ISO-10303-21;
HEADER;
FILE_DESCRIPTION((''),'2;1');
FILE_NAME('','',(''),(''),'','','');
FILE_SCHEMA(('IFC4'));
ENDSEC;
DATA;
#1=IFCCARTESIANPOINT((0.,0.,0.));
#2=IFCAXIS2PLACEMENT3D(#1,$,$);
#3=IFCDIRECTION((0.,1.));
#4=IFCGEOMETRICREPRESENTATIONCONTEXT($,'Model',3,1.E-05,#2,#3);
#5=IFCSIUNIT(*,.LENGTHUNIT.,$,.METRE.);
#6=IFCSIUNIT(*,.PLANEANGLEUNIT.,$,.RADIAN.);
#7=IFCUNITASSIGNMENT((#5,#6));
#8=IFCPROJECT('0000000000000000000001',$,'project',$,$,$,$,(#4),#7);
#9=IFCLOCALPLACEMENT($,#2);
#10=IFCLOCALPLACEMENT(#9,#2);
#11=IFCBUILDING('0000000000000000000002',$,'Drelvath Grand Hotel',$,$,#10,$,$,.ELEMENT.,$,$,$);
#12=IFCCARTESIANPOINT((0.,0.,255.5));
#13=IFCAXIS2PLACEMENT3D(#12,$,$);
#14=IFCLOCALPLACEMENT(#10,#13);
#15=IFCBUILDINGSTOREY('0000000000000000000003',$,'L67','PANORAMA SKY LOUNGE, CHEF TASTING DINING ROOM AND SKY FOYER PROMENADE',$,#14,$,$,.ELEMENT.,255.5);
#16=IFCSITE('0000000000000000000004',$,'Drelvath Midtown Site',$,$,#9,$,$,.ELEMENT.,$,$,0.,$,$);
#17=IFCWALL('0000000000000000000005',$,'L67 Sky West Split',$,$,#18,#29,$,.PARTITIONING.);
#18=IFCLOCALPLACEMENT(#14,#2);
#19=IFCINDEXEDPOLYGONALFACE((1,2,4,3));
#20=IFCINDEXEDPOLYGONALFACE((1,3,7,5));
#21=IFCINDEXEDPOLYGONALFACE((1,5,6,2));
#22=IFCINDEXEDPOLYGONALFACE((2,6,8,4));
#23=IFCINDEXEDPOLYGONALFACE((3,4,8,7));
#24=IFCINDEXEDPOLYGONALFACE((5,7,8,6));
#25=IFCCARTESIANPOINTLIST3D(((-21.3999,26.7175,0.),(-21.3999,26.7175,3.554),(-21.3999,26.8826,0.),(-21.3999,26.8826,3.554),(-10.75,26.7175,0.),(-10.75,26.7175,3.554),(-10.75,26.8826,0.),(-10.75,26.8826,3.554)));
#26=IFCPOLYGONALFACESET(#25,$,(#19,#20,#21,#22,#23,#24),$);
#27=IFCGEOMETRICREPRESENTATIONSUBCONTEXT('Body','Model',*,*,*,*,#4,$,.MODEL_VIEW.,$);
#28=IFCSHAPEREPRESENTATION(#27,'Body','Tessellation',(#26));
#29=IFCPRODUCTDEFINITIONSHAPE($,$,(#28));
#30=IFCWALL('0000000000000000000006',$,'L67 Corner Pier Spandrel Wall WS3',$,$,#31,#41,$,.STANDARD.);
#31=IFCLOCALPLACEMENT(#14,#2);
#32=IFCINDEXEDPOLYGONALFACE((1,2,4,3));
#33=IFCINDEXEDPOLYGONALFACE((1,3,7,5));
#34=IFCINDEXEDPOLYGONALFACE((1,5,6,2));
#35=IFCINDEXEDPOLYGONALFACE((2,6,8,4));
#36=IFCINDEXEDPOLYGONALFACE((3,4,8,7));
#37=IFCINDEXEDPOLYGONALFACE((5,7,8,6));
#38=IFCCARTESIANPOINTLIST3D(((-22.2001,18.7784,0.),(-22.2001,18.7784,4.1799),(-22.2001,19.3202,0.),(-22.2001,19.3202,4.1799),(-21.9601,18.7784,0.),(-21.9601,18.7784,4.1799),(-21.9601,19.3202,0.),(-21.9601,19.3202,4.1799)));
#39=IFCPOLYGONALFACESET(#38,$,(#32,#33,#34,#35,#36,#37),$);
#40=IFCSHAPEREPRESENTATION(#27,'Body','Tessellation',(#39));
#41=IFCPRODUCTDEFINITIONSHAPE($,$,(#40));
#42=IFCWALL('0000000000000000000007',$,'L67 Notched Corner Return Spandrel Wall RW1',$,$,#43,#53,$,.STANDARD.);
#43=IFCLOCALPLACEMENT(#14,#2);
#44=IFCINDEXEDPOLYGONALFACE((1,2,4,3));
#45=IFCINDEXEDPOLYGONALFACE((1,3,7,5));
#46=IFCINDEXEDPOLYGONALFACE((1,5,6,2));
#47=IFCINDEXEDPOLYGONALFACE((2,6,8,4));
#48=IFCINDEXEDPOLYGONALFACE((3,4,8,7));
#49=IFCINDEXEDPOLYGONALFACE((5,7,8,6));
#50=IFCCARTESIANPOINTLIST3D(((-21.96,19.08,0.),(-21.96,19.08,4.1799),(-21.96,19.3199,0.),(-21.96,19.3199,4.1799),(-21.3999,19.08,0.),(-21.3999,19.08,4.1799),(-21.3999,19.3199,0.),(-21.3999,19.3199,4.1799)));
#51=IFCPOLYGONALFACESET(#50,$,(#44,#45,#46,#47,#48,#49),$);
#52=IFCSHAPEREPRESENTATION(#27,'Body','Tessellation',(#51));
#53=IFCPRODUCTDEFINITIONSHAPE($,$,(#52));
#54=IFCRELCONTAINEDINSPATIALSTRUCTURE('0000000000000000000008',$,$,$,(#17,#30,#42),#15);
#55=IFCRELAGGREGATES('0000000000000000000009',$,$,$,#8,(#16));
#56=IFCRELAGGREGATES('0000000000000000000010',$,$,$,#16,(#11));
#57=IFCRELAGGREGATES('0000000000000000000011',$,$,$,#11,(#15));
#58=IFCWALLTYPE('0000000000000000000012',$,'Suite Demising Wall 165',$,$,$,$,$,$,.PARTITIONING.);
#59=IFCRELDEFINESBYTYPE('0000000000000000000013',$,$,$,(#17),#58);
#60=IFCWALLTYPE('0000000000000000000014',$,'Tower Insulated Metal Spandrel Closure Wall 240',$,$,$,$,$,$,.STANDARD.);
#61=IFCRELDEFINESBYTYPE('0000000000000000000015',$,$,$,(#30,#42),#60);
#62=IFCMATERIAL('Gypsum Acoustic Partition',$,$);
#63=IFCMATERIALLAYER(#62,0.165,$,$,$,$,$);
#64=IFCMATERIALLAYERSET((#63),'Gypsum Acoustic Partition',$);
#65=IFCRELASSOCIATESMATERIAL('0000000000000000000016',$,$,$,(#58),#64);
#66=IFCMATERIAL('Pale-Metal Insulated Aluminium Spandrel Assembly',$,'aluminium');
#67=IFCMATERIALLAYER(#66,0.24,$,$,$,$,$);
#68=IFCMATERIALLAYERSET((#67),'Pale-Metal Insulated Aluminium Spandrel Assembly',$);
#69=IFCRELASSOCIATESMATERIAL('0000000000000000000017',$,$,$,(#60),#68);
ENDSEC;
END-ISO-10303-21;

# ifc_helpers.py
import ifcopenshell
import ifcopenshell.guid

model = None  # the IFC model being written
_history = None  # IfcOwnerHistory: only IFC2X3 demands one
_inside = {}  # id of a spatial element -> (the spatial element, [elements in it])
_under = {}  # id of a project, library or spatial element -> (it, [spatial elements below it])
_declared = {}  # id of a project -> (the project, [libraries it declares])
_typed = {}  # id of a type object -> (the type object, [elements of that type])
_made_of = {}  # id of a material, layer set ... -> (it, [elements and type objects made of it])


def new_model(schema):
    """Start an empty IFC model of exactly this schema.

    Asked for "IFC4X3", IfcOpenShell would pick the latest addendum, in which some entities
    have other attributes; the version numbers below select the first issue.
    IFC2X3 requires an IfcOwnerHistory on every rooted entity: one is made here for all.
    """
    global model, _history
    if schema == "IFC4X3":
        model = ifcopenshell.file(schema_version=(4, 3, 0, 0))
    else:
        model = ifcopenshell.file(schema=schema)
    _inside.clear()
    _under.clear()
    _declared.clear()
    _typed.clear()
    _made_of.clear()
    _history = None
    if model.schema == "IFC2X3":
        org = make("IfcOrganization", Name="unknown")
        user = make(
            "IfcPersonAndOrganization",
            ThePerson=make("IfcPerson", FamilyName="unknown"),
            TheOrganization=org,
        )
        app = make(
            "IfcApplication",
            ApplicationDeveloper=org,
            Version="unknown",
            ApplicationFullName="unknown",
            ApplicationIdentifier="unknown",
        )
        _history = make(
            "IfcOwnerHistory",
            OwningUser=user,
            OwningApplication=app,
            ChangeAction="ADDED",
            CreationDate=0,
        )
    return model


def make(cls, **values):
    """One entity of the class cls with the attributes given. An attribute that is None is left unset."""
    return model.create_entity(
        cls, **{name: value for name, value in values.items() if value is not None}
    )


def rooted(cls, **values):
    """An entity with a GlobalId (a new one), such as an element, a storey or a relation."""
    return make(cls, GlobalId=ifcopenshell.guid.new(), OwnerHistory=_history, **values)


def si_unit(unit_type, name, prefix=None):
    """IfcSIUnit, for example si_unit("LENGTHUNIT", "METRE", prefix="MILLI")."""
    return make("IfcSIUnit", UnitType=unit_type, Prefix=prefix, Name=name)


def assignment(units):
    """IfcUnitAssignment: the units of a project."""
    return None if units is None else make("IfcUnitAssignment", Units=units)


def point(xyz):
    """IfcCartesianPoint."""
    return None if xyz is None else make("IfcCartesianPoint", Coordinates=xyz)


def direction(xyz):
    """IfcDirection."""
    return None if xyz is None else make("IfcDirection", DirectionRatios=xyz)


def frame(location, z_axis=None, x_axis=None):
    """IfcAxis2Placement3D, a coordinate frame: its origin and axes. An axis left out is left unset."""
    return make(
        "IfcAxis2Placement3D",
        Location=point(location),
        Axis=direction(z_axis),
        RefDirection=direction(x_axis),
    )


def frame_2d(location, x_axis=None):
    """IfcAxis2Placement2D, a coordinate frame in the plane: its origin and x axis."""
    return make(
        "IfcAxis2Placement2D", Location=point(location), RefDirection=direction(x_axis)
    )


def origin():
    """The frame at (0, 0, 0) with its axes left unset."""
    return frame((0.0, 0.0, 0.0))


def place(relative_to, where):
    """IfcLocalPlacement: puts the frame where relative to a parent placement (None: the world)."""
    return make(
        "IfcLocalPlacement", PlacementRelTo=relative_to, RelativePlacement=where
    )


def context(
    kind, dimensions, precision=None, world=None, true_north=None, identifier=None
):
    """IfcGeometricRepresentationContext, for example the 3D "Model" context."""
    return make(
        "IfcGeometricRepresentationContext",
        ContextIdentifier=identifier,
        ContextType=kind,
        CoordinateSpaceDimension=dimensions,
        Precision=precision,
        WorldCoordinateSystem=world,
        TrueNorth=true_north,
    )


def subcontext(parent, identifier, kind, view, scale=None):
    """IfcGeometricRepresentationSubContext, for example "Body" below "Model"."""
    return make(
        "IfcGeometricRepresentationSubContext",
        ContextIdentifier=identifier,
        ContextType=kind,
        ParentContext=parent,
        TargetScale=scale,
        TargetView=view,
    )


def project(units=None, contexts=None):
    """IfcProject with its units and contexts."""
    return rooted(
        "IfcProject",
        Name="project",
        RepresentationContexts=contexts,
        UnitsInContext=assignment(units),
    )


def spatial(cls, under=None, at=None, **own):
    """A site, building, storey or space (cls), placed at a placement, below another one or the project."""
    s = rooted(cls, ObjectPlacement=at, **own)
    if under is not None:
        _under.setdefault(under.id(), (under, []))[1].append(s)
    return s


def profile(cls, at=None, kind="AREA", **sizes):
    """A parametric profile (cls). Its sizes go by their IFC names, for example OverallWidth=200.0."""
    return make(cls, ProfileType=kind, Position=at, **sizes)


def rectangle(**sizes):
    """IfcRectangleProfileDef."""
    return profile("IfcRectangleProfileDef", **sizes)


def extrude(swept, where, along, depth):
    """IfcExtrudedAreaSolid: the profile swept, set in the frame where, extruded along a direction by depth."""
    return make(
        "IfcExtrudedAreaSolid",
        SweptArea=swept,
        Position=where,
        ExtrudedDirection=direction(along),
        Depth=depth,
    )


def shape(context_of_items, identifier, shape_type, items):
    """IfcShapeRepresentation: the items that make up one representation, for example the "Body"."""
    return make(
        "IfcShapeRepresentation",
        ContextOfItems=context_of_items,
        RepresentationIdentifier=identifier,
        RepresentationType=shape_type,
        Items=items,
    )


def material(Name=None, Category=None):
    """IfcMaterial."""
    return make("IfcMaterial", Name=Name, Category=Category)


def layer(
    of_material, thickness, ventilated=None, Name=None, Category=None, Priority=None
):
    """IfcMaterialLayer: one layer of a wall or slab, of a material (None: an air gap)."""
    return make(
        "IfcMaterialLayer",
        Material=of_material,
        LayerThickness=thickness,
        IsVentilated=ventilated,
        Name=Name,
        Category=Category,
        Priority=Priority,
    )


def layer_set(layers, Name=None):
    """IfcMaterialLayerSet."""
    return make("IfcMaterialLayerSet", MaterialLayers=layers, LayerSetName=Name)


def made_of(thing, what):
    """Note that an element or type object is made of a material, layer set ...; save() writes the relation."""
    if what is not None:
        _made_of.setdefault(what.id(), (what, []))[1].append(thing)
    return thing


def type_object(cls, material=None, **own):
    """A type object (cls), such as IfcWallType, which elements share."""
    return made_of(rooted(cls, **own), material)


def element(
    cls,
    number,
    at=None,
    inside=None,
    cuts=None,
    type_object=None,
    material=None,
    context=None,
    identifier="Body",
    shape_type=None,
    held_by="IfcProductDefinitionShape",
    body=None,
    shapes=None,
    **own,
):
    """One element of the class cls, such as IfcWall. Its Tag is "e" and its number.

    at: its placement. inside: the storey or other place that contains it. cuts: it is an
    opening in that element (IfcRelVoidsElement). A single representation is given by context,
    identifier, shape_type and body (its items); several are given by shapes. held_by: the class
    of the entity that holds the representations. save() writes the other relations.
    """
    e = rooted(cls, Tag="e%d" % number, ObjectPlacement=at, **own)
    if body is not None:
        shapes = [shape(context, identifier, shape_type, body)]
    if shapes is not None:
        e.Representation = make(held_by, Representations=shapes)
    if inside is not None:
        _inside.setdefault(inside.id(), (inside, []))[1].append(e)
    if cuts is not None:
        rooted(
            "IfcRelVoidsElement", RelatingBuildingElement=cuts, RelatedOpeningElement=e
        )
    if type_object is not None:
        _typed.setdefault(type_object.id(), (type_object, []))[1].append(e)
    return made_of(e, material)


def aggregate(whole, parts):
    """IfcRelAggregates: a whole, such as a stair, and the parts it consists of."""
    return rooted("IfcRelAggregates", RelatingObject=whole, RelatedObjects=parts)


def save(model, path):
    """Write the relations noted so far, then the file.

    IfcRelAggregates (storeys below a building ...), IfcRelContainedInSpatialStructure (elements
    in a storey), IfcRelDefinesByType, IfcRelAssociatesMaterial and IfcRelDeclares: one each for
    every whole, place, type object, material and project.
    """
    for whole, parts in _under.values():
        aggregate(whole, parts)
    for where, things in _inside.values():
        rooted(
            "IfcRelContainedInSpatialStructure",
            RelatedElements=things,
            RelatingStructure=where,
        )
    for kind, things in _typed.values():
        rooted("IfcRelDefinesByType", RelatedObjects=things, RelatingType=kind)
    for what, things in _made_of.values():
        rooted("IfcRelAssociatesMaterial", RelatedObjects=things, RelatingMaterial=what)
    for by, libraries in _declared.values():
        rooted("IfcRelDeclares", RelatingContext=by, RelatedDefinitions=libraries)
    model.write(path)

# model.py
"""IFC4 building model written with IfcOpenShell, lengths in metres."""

from ifc_helpers import new_model, si_unit, direction, frame, frame_2d, origin, place, context, subcontext, project, spatial, rectangle, extrude, material, layer, layer_set, type_object, element, save


model = new_model("IFC4")

# Units and contexts
model_context = context("Model", 3, precision=1e-05, world=origin(), true_north=direction((0.0, 1.0)))
body_context = subcontext(model_context, "Body", "Model", "MODEL_VIEW")
ifc_project = project(units=[si_unit("LENGTHUNIT", "METRE"), si_unit("PLANEANGLEUNIT", "RADIAN")], contexts=[model_context])

# Site, building, storey
site_placement = place(None, origin())
site = spatial("IfcSite", under=ifc_project, at=site_placement, Name="Drelvath Midtown Site", CompositionType="ELEMENT", RefElevation=0.0)
building_placement = place(site_placement, origin())
building = spatial("IfcBuilding", under=site, at=building_placement, Name="Drelvath Grand Hotel", CompositionType="ELEMENT")
storey_placement = place(building_placement, frame((0.0, 0.0, 255.5)))
storey = spatial("IfcBuildingStorey", under=building, at=storey_placement, Name="L67", Description="PANORAMA SKY LOUNGE, CHEF TASTING DINING ROOM AND SKY FOYER PROMENADE", CompositionType="ELEMENT", Elevation=255.5)

# Walls
ifc_material_1 = material(Name="Gypsum Acoustic Partition")
ifc_layer_1 = layer(ifc_material_1, 0.165)
ifc_layer_set_1 = layer_set([ifc_layer_1], Name="Gypsum Acoustic Partition")
wall_type_1 = type_object("IfcWallType", Name="Suite Demising Wall 165", PredefinedType="PARTITIONING", material=ifc_layer_set_1)
wall_1_placement = place(storey_placement, frame((-21.3999, 26.8, 0.0), z_axis=(0.0, 0.0, 1.0), x_axis=(1.0, 0.0, 0.0)))
element("IfcWall", 1, at=wall_1_placement, inside=storey, type_object=wall_type_1, Name="L67 Sky West Split", PredefinedType="PARTITIONING", context=body_context, shape_type="SweptSolid", body=[
    extrude(rectangle(XDim=10.6499, YDim=0.165, at=frame_2d((5.325, 0.0))), origin(), (0.0, 0.0, 1.0), 3.554),
])
ifc_material_2 = material(Name="Pale-Metal Insulated Aluminium Spandrel Assembly", Category="aluminium")
ifc_layer_2 = layer(ifc_material_2, 0.24)
ifc_layer_set_2 = layer_set([ifc_layer_2], Name="Pale-Metal Insulated Aluminium Spandrel Assembly")
wall_type_2 = type_object("IfcWallType", Name="Tower Insulated Metal Spandrel Closure Wall 240", PredefinedType="STANDARD", material=ifc_layer_set_2)
wall_2_placement = place(storey_placement, frame((-22.0801, 18.7783, 0.0), z_axis=(0.0, 0.0, 1.0), x_axis=(0.0, 1.0, 0.0)))
element("IfcWall", 2, at=wall_2_placement, inside=storey, type_object=wall_type_2, Name="L67 Corner Pier Spandrel Wall WS3", PredefinedType="STANDARD", context=body_context, shape_type="SweptSolid", body=[
    extrude(rectangle(XDim=0.5417, YDim=0.24, at=frame_2d((0.271, 0.0))), origin(), (0.0, 0.0, 1.0), 4.1799),
])
wall_3_placement = place(storey_placement, frame((-21.96, 19.2, 0.0), z_axis=(0.0, 0.0, 1.0), x_axis=(1.0, 0.0, 0.0)))
element("IfcWall", 3, at=wall_3_placement, inside=storey, type_object=wall_type_2, Name="L67 Notched Corner Return Spandrel Wall RW1", PredefinedType="STANDARD", context=body_context, shape_type="SweptSolid", body=[
    extrude(rectangle(XDim=0.5601, YDim=0.24, at=frame_2d((0.28, 0.0))), origin(), (0.0, 0.0, 1.0), 4.1799),
])

save(model, "model.ifc")
